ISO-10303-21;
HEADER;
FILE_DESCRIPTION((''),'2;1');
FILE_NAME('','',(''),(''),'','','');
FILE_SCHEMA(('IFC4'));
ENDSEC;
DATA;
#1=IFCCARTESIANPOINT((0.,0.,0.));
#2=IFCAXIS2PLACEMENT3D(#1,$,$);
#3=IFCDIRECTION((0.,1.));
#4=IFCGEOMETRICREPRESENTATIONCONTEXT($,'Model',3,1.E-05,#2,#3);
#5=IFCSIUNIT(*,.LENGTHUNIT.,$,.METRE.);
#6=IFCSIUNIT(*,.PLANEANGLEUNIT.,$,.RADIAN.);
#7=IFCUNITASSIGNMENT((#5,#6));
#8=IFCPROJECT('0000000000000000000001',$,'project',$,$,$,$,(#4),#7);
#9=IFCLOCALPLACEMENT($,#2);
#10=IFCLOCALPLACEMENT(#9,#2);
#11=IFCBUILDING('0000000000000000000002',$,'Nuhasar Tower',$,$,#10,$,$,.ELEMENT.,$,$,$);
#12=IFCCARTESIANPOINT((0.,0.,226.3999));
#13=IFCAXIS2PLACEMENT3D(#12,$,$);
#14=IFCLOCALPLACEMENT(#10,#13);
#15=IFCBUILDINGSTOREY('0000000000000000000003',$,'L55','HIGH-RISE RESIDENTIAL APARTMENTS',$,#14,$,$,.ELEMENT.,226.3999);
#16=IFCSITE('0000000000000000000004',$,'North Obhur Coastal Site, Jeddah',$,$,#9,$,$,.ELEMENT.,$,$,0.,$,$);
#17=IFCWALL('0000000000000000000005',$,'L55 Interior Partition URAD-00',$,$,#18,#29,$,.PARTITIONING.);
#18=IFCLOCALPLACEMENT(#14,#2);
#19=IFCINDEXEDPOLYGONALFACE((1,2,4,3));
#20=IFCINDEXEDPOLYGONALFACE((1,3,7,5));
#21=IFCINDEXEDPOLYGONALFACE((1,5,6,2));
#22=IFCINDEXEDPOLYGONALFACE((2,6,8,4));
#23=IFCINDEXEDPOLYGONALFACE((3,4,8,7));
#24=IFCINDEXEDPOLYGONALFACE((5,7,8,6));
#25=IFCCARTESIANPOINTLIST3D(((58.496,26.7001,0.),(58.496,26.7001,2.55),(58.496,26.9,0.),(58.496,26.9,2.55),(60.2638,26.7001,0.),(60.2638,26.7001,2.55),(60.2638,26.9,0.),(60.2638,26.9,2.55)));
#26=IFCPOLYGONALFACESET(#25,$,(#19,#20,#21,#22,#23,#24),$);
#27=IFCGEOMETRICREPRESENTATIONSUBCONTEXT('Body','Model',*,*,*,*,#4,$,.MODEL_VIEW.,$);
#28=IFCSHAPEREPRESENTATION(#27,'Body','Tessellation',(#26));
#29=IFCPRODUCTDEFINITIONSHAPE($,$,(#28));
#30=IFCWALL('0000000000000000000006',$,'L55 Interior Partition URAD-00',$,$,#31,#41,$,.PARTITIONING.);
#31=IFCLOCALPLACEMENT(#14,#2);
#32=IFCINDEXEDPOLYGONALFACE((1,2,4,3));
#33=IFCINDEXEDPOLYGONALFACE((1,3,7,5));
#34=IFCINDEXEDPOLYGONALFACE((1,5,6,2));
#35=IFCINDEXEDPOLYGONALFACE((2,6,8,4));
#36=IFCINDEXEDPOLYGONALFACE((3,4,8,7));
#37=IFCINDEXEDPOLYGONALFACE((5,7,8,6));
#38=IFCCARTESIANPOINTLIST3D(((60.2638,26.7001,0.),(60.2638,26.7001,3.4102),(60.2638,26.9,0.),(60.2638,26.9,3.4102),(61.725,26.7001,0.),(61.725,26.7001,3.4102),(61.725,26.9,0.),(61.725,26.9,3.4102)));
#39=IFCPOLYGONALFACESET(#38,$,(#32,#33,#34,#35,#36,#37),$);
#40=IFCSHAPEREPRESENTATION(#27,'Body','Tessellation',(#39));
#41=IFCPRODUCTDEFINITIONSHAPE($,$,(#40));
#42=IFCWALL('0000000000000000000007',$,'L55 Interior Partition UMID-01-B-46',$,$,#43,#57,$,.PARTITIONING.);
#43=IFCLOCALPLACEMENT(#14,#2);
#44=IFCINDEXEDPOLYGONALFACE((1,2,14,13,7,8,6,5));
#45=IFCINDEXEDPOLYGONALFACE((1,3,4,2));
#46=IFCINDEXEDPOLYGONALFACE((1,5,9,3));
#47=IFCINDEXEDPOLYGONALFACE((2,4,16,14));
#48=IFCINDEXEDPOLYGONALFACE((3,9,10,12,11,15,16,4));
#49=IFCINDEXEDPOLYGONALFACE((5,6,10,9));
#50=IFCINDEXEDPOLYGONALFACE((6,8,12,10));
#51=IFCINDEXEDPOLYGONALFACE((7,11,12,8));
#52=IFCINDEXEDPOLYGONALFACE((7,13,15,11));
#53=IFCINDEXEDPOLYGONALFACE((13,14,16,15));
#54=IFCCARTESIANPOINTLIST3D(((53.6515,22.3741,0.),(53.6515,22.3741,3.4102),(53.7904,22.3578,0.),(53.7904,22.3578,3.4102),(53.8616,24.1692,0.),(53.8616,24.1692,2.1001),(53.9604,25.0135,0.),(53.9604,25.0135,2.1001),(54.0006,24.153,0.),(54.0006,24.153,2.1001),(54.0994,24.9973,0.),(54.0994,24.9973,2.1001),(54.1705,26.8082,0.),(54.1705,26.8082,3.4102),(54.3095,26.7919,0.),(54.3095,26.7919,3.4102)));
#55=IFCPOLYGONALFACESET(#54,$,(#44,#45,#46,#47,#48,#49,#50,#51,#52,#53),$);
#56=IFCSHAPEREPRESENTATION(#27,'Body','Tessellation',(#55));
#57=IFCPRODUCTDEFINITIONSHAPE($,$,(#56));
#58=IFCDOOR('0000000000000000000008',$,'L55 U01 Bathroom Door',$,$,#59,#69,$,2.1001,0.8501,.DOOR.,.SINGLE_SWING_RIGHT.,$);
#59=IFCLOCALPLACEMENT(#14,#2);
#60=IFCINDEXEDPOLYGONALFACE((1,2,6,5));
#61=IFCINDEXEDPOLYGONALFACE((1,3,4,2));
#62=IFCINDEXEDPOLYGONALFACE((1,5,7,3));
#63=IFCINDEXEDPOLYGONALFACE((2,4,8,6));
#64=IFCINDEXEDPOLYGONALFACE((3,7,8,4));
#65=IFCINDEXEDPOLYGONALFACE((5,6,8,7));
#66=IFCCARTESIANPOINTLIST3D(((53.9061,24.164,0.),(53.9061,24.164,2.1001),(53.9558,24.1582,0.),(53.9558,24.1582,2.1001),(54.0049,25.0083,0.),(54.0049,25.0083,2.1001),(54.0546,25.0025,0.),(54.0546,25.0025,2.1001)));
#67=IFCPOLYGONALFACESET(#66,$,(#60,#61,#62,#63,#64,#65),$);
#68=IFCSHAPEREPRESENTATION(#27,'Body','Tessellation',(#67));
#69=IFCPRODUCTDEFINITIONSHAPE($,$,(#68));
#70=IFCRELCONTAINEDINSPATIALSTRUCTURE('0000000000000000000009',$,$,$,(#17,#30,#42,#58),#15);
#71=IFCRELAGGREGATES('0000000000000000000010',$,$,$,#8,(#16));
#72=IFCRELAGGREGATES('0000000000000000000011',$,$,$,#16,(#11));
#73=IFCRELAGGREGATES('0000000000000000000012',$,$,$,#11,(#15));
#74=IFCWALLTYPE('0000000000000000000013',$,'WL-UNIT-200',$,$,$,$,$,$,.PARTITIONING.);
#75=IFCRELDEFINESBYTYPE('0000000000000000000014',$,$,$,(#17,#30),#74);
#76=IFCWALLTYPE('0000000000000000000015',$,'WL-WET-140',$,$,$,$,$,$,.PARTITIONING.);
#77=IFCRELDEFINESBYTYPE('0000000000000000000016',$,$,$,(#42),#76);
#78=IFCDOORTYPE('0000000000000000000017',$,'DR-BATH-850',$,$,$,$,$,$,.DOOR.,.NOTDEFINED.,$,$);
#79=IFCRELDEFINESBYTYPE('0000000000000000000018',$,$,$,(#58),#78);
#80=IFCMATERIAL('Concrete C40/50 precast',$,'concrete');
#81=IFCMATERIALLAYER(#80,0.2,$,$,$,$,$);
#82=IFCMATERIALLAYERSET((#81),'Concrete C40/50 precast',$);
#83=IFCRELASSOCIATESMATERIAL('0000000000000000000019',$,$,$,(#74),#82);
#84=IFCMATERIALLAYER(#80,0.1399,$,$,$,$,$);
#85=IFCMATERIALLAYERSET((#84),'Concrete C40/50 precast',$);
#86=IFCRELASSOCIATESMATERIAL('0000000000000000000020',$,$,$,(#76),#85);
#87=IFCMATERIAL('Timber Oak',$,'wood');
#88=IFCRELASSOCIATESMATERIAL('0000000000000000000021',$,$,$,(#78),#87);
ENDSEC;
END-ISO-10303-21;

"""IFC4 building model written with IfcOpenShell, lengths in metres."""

from ifc_helpers import new_model, si_unit, direction, frame, frame_2d, origin, place, context, subcontext, project, spatial, rectangle, extrude, material, layer, layer_set, type_object, element, fill, save


model = new_model("IFC4")

# Units and contexts
model_context = context("Model", 3, precision=1e-05, world=origin(), true_north=direction((0.0, 1.0)))
body_context = subcontext(model_context, "Body", "Model", "MODEL_VIEW")
ifc_project = project(units=[si_unit("LENGTHUNIT", "METRE"), si_unit("PLANEANGLEUNIT", "RADIAN")], contexts=[model_context])

# Site, building, storey
site_placement = place(None, origin())
site = spatial("IfcSite", under=ifc_project, at=site_placement, Name="North Obhur Coastal Site, Jeddah", CompositionType="ELEMENT", RefElevation=0.0)
building_placement = place(site_placement, origin())
building = spatial("IfcBuilding", under=site, at=building_placement, Name="Nuhasar Tower", CompositionType="ELEMENT")
storey_placement = place(building_placement, frame((0.0, 0.0, 226.3999)))
storey = spatial("IfcBuildingStorey", under=building, at=storey_placement, Name="L55", Description="HIGH-RISE RESIDENTIAL APARTMENTS", CompositionType="ELEMENT", Elevation=226.3999)

# Shared definitions
ifc_material_1 = material(Name="Timber Oak", Category="wood")

# Walls
ifc_material_2 = material(Name="Concrete C40/50 precast", Category="concrete")
ifc_layer_1 = layer(ifc_material_2, 0.2)
ifc_layer_set_1 = layer_set([ifc_layer_1], Name="Concrete C40/50 precast")
wall_type_1 = type_object("IfcWallType", Name="WL-UNIT-200", PredefinedType="PARTITIONING", material=ifc_layer_set_1)
wall_1_placement = place(storey_placement, frame((58.4961, 26.8, 0.0), z_axis=(0.0, 0.0, 1.0), x_axis=(1.0, 0.0, 0.0)))
element("IfcWall", 1, at=wall_1_placement, inside=storey, type_object=wall_type_1, Name="L55 Interior Partition URAD-00", PredefinedType="PARTITIONING", context=body_context, shape_type="SweptSolid", body=[
    extrude(rectangle(XDim=1.7678, YDim=0.2, at=frame_2d((0.8838, 0.0))), origin(), (0.0, 0.0, 1.0), 2.55),
])
wall_2_placement = place(storey_placement, frame((60.2639, 26.8, 0.0), z_axis=(0.0, 0.0, 1.0), x_axis=(1.0, 0.0, 0.0)))
element("IfcWall", 2, at=wall_2_placement, inside=storey, type_object=wall_type_1, Name="L55 Interior Partition URAD-00", PredefinedType="PARTITIONING", context=body_context, shape_type="SweptSolid", body=[
    extrude(rectangle(XDim=1.4612, YDim=0.2, at=frame_2d((0.7305, 0.0))), origin(), (0.0, 0.0, 1.0), 3.4102),
])

# Wall, opening, door
ifc_layer_2 = layer(ifc_material_2, 0.1399)
ifc_layer_set_2 = layer_set([ifc_layer_2], Name="Concrete C40/50 precast")
wall_type_2 = type_object("IfcWallType", Name="WL-WET-140", PredefinedType="PARTITIONING", material=ifc_layer_set_2)
wall_3_placement = place(storey_placement, frame((54.24, 26.8, 0.0), z_axis=(0.0, 0.0, 1.0), x_axis=(-0.116264, -0.993218, 0.0)))
wall_3 = element("IfcWall", 3, at=wall_3_placement, inside=storey, type_object=wall_type_2, Name="L55 Interior Partition UMID-01-B-46", PredefinedType="PARTITIONING", context=body_context, shape_type="SweptSolid", body=[
    extrude(rectangle(XDim=4.4644, YDim=0.1399, at=frame_2d((2.2322, 0.0))), origin(), (0.0, 0.0, 1.0), 3.4102),
])
opening_1_placement = place(wall_3_placement, frame((1.8069, 0.0, 0.0)))
opening_1 = element("IfcOpeningElement", 4, at=opening_1_placement, cuts=wall_3, PredefinedType="OPENING", context=body_context, shape_type="SweptSolid", body=[
    extrude(rectangle(XDim=0.8501, YDim=2.1001, at=frame_2d((0.425, 1.05))), frame((0.0, 0.0801, 0.0), z_axis=(0.0, -1.0, 0.0), x_axis=(1.0, 0.0, 0.0)), (0.0, 0.0, 1.0), 0.1599),
])
door_type_1 = type_object("IfcDoorType", Name="DR-BATH-850", OperationType="NOTDEFINED", PredefinedType="DOOR", material=ifc_material_1)
door_1_placement = place(opening_1_placement, origin())
door_1 = element("IfcDoor", 5, at=door_1_placement, inside=storey, type_object=door_type_1, Name="L55 U01 Bathroom Door", OperationType="SINGLE_SWING_RIGHT", OverallHeight=2.1001, OverallWidth=0.8501, PredefinedType="DOOR", context=body_context, shape_type="SweptSolid", body=[
    extrude(rectangle(XDim=0.8501, YDim=2.1001, at=frame_2d((0.425, 1.05))), frame((0.0, 0.0249, 0.0), z_axis=(0.0, -1.0, 0.0), x_axis=(1.0, 0.0, 0.0)), (0.0, 0.0, 1.0), 0.05),
])
fill(opening_1, door_1)

save(model, "model.ifc")
